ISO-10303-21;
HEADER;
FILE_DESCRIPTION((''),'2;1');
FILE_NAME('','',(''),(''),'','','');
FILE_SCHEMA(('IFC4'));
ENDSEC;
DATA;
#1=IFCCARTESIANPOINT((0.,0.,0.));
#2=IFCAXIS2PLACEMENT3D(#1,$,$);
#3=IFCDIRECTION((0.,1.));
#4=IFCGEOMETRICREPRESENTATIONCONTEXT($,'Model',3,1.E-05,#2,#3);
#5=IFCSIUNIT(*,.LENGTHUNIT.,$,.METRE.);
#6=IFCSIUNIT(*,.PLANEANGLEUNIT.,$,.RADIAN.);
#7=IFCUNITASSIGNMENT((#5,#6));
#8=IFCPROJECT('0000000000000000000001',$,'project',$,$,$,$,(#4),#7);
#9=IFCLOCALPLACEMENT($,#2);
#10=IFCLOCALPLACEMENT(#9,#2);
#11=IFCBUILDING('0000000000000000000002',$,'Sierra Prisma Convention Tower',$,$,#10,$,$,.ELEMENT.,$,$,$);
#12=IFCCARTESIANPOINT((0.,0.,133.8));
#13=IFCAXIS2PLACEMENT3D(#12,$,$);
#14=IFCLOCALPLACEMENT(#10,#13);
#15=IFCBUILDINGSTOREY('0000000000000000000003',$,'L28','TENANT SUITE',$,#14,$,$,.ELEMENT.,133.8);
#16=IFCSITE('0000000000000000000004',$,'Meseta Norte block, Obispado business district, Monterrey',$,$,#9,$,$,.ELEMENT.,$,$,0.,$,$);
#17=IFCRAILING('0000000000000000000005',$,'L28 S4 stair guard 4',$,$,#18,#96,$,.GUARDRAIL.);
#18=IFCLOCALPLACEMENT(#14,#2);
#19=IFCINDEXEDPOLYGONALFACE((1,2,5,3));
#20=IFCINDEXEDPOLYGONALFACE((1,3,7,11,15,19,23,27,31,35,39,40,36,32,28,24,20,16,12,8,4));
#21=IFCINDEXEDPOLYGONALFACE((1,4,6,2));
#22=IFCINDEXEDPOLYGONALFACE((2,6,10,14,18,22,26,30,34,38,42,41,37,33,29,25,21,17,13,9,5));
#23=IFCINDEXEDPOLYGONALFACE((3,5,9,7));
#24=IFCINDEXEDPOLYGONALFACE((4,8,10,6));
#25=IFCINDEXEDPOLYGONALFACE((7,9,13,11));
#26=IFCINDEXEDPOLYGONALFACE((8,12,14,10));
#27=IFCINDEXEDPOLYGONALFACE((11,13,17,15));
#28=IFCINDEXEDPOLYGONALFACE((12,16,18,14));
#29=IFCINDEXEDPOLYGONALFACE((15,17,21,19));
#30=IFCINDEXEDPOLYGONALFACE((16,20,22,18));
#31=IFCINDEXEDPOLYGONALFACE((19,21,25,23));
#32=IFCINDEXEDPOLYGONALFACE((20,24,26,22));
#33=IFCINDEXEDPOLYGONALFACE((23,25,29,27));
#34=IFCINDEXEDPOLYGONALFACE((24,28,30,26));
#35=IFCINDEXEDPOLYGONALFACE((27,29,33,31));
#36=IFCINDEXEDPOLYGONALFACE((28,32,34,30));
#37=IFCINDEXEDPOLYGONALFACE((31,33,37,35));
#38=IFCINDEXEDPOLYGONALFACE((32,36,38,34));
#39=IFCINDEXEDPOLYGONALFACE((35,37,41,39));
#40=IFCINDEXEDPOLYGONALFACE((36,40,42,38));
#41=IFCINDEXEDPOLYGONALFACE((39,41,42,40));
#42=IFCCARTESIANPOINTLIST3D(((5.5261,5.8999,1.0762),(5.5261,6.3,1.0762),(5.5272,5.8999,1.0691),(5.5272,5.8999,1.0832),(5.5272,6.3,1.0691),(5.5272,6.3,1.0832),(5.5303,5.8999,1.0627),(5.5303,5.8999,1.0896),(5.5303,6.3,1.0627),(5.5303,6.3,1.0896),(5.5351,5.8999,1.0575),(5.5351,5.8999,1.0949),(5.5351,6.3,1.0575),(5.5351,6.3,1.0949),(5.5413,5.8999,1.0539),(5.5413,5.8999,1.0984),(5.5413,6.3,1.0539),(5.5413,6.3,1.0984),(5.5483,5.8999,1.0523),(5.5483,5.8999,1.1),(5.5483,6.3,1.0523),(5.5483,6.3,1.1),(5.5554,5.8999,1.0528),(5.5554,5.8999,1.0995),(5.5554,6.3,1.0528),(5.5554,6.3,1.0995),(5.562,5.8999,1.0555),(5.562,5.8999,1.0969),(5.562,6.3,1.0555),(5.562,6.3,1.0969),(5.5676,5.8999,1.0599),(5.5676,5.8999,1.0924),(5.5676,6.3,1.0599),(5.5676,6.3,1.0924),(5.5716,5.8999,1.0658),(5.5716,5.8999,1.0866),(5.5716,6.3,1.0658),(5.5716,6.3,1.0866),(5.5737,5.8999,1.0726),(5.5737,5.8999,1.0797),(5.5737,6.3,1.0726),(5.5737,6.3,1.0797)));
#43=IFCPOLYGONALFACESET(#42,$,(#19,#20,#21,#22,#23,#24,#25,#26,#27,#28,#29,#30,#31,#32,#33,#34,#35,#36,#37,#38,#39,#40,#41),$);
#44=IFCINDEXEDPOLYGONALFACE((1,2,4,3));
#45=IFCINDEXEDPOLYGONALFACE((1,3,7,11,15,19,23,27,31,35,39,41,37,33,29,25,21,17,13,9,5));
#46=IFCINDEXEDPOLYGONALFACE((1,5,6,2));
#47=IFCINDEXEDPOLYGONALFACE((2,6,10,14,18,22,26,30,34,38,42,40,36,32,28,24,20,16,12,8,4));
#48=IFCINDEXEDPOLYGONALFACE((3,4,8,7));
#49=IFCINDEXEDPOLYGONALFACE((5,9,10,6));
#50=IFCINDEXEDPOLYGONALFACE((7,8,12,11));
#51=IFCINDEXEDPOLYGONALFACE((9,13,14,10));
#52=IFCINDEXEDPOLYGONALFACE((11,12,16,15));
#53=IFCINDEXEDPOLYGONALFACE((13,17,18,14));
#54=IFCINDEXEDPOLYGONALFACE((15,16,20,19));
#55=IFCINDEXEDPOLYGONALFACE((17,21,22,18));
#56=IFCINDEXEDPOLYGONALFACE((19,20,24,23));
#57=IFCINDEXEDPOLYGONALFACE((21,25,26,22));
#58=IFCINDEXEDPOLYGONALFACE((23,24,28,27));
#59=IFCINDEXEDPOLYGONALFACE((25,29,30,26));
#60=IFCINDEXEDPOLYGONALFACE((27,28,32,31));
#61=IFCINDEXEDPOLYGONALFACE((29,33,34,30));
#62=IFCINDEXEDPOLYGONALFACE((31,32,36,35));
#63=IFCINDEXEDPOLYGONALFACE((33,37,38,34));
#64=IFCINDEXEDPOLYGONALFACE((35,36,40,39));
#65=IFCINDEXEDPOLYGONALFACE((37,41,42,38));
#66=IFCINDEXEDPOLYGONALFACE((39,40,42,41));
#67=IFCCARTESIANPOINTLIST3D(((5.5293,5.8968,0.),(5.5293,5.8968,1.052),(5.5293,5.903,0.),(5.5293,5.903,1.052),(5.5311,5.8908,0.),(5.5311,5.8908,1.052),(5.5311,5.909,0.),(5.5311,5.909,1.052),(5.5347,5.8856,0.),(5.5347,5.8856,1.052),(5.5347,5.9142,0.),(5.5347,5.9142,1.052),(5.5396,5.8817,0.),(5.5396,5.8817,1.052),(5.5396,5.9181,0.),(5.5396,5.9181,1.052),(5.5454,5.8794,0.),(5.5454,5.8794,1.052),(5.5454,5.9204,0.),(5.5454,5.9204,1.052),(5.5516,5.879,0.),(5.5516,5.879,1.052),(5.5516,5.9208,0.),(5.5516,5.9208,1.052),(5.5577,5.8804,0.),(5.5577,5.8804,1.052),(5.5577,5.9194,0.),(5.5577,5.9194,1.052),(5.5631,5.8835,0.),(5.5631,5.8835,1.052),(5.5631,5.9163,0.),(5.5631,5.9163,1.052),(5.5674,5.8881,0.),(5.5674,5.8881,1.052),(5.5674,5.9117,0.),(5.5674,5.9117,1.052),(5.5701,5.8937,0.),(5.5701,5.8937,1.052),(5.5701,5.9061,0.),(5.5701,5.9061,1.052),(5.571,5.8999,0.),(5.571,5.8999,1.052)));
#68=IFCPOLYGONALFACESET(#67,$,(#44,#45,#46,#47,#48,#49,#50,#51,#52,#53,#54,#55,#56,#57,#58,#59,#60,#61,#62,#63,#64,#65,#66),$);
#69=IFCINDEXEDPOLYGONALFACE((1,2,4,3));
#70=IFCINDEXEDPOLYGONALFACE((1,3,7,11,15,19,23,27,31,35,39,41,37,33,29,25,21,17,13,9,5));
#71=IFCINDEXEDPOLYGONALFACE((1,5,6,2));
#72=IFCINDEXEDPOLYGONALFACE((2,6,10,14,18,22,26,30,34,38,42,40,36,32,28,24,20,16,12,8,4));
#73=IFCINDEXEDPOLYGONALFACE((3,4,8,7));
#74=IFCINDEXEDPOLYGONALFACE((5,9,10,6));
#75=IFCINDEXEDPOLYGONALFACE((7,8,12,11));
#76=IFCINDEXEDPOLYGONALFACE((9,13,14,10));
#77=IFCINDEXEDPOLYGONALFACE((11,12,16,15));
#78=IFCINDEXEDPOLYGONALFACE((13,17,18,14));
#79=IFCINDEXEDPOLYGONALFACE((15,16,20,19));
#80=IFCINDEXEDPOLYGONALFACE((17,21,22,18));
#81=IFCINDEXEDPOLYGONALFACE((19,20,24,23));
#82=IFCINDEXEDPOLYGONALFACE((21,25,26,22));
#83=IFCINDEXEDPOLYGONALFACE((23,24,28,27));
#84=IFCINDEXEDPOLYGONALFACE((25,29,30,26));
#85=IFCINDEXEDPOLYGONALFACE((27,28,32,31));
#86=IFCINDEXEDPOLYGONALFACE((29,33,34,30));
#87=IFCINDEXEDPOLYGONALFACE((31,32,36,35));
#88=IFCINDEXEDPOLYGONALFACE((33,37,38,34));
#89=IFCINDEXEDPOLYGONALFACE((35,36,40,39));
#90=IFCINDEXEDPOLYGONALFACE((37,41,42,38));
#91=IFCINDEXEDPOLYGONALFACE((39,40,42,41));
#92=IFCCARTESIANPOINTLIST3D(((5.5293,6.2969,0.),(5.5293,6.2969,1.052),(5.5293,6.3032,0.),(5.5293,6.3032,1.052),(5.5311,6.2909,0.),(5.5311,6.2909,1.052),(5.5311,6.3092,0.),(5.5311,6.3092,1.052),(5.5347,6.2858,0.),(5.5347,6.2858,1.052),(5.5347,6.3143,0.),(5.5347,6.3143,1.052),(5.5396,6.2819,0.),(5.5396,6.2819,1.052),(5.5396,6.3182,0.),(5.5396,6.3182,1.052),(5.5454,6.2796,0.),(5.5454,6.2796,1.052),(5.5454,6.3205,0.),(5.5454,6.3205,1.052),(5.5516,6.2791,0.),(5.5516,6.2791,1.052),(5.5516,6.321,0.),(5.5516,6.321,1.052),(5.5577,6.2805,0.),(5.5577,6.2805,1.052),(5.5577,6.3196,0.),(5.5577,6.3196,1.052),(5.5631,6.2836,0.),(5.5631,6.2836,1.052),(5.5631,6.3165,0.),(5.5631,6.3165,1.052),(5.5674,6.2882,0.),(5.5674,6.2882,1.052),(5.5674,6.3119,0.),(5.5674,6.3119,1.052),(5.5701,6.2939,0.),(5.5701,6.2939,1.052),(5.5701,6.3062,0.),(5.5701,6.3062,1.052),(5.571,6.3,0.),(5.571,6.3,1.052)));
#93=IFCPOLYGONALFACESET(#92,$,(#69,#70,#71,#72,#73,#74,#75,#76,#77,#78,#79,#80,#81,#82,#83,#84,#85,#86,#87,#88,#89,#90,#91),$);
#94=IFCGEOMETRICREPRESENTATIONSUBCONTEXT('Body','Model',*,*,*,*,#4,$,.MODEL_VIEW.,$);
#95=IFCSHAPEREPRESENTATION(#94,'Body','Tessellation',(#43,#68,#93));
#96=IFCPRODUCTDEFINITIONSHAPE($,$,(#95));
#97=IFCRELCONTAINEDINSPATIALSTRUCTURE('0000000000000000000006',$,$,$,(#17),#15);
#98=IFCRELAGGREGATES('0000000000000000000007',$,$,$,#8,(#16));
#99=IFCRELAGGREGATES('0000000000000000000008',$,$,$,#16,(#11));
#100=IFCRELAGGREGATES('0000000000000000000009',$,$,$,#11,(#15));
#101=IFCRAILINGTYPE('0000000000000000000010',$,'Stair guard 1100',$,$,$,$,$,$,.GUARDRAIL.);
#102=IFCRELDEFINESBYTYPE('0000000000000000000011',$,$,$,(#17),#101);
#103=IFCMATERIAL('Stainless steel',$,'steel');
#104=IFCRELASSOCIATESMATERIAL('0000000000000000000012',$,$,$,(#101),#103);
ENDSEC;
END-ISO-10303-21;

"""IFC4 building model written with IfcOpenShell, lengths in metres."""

from ifc_helpers import new_model, si_unit, direction, frame, origin, origin_2d, place, context, subcontext, project, spatial, circle, extrude, material, type_object, element, save


model = new_model("IFC4")

# Units and contexts
model_context = context("Model", 3, precision=1e-05, world=origin(), true_north=direction((0.0, 1.0)))
body_context = subcontext(model_context, "Body", "Model", "MODEL_VIEW")
ifc_project = project(units=[si_unit("LENGTHUNIT", "METRE"), si_unit("PLANEANGLEUNIT", "RADIAN")], contexts=[model_context])

# Site, building, storey
site_placement = place(None, origin())
site = spatial("IfcSite", under=ifc_project, at=site_placement, Name="Meseta Norte block, Obispado business district, Monterrey", CompositionType="ELEMENT", RefElevation=0.0)
building_placement = place(site_placement, origin())
building = spatial("IfcBuilding", under=site, at=building_placement, Name="Sierra Prisma Convention Tower", CompositionType="ELEMENT")
storey_placement = place(building_placement, frame((0.0, 0.0, 133.8)))
storey = spatial("IfcBuildingStorey", under=building, at=storey_placement, Name="L28", Description="TENANT SUITE", CompositionType="ELEMENT", Elevation=133.8)

# Railing
ifc_material_1 = material(Name="Stainless steel", Category="steel")
railing_type_1 = type_object("IfcRailingType", Name="Stair guard 1100", PredefinedType="GUARDRAIL", material=ifc_material_1)
railing_1_placement = place(storey_placement, frame((5.55, 5.8999, 0.0)))
element("IfcRailing", 1, at=railing_1_placement, inside=storey, type_object=railing_type_1, Name="L28 S4 stair guard 4", PredefinedType="GUARDRAIL", context=body_context, shape_type="SweptSolid", body=[
    extrude(circle(Radius=0.0239, at=origin_2d()), frame((0.0, 0.0, 1.0762), z_axis=(0.0, 1.0, 0.0), x_axis=(-1.0, 0.0, 0.0)), (0.0, 0.0, 1.0), 0.4001),
    extrude(circle(Radius=0.021, at=origin_2d()), origin(), (0.0, 0.0, 1.0), 1.052),
    extrude(circle(Radius=0.021, at=origin_2d()), frame((0.0, 0.4001, 0.0)), (0.0, 0.0, 1.0), 1.052),
])

save(model, "model.ifc")
